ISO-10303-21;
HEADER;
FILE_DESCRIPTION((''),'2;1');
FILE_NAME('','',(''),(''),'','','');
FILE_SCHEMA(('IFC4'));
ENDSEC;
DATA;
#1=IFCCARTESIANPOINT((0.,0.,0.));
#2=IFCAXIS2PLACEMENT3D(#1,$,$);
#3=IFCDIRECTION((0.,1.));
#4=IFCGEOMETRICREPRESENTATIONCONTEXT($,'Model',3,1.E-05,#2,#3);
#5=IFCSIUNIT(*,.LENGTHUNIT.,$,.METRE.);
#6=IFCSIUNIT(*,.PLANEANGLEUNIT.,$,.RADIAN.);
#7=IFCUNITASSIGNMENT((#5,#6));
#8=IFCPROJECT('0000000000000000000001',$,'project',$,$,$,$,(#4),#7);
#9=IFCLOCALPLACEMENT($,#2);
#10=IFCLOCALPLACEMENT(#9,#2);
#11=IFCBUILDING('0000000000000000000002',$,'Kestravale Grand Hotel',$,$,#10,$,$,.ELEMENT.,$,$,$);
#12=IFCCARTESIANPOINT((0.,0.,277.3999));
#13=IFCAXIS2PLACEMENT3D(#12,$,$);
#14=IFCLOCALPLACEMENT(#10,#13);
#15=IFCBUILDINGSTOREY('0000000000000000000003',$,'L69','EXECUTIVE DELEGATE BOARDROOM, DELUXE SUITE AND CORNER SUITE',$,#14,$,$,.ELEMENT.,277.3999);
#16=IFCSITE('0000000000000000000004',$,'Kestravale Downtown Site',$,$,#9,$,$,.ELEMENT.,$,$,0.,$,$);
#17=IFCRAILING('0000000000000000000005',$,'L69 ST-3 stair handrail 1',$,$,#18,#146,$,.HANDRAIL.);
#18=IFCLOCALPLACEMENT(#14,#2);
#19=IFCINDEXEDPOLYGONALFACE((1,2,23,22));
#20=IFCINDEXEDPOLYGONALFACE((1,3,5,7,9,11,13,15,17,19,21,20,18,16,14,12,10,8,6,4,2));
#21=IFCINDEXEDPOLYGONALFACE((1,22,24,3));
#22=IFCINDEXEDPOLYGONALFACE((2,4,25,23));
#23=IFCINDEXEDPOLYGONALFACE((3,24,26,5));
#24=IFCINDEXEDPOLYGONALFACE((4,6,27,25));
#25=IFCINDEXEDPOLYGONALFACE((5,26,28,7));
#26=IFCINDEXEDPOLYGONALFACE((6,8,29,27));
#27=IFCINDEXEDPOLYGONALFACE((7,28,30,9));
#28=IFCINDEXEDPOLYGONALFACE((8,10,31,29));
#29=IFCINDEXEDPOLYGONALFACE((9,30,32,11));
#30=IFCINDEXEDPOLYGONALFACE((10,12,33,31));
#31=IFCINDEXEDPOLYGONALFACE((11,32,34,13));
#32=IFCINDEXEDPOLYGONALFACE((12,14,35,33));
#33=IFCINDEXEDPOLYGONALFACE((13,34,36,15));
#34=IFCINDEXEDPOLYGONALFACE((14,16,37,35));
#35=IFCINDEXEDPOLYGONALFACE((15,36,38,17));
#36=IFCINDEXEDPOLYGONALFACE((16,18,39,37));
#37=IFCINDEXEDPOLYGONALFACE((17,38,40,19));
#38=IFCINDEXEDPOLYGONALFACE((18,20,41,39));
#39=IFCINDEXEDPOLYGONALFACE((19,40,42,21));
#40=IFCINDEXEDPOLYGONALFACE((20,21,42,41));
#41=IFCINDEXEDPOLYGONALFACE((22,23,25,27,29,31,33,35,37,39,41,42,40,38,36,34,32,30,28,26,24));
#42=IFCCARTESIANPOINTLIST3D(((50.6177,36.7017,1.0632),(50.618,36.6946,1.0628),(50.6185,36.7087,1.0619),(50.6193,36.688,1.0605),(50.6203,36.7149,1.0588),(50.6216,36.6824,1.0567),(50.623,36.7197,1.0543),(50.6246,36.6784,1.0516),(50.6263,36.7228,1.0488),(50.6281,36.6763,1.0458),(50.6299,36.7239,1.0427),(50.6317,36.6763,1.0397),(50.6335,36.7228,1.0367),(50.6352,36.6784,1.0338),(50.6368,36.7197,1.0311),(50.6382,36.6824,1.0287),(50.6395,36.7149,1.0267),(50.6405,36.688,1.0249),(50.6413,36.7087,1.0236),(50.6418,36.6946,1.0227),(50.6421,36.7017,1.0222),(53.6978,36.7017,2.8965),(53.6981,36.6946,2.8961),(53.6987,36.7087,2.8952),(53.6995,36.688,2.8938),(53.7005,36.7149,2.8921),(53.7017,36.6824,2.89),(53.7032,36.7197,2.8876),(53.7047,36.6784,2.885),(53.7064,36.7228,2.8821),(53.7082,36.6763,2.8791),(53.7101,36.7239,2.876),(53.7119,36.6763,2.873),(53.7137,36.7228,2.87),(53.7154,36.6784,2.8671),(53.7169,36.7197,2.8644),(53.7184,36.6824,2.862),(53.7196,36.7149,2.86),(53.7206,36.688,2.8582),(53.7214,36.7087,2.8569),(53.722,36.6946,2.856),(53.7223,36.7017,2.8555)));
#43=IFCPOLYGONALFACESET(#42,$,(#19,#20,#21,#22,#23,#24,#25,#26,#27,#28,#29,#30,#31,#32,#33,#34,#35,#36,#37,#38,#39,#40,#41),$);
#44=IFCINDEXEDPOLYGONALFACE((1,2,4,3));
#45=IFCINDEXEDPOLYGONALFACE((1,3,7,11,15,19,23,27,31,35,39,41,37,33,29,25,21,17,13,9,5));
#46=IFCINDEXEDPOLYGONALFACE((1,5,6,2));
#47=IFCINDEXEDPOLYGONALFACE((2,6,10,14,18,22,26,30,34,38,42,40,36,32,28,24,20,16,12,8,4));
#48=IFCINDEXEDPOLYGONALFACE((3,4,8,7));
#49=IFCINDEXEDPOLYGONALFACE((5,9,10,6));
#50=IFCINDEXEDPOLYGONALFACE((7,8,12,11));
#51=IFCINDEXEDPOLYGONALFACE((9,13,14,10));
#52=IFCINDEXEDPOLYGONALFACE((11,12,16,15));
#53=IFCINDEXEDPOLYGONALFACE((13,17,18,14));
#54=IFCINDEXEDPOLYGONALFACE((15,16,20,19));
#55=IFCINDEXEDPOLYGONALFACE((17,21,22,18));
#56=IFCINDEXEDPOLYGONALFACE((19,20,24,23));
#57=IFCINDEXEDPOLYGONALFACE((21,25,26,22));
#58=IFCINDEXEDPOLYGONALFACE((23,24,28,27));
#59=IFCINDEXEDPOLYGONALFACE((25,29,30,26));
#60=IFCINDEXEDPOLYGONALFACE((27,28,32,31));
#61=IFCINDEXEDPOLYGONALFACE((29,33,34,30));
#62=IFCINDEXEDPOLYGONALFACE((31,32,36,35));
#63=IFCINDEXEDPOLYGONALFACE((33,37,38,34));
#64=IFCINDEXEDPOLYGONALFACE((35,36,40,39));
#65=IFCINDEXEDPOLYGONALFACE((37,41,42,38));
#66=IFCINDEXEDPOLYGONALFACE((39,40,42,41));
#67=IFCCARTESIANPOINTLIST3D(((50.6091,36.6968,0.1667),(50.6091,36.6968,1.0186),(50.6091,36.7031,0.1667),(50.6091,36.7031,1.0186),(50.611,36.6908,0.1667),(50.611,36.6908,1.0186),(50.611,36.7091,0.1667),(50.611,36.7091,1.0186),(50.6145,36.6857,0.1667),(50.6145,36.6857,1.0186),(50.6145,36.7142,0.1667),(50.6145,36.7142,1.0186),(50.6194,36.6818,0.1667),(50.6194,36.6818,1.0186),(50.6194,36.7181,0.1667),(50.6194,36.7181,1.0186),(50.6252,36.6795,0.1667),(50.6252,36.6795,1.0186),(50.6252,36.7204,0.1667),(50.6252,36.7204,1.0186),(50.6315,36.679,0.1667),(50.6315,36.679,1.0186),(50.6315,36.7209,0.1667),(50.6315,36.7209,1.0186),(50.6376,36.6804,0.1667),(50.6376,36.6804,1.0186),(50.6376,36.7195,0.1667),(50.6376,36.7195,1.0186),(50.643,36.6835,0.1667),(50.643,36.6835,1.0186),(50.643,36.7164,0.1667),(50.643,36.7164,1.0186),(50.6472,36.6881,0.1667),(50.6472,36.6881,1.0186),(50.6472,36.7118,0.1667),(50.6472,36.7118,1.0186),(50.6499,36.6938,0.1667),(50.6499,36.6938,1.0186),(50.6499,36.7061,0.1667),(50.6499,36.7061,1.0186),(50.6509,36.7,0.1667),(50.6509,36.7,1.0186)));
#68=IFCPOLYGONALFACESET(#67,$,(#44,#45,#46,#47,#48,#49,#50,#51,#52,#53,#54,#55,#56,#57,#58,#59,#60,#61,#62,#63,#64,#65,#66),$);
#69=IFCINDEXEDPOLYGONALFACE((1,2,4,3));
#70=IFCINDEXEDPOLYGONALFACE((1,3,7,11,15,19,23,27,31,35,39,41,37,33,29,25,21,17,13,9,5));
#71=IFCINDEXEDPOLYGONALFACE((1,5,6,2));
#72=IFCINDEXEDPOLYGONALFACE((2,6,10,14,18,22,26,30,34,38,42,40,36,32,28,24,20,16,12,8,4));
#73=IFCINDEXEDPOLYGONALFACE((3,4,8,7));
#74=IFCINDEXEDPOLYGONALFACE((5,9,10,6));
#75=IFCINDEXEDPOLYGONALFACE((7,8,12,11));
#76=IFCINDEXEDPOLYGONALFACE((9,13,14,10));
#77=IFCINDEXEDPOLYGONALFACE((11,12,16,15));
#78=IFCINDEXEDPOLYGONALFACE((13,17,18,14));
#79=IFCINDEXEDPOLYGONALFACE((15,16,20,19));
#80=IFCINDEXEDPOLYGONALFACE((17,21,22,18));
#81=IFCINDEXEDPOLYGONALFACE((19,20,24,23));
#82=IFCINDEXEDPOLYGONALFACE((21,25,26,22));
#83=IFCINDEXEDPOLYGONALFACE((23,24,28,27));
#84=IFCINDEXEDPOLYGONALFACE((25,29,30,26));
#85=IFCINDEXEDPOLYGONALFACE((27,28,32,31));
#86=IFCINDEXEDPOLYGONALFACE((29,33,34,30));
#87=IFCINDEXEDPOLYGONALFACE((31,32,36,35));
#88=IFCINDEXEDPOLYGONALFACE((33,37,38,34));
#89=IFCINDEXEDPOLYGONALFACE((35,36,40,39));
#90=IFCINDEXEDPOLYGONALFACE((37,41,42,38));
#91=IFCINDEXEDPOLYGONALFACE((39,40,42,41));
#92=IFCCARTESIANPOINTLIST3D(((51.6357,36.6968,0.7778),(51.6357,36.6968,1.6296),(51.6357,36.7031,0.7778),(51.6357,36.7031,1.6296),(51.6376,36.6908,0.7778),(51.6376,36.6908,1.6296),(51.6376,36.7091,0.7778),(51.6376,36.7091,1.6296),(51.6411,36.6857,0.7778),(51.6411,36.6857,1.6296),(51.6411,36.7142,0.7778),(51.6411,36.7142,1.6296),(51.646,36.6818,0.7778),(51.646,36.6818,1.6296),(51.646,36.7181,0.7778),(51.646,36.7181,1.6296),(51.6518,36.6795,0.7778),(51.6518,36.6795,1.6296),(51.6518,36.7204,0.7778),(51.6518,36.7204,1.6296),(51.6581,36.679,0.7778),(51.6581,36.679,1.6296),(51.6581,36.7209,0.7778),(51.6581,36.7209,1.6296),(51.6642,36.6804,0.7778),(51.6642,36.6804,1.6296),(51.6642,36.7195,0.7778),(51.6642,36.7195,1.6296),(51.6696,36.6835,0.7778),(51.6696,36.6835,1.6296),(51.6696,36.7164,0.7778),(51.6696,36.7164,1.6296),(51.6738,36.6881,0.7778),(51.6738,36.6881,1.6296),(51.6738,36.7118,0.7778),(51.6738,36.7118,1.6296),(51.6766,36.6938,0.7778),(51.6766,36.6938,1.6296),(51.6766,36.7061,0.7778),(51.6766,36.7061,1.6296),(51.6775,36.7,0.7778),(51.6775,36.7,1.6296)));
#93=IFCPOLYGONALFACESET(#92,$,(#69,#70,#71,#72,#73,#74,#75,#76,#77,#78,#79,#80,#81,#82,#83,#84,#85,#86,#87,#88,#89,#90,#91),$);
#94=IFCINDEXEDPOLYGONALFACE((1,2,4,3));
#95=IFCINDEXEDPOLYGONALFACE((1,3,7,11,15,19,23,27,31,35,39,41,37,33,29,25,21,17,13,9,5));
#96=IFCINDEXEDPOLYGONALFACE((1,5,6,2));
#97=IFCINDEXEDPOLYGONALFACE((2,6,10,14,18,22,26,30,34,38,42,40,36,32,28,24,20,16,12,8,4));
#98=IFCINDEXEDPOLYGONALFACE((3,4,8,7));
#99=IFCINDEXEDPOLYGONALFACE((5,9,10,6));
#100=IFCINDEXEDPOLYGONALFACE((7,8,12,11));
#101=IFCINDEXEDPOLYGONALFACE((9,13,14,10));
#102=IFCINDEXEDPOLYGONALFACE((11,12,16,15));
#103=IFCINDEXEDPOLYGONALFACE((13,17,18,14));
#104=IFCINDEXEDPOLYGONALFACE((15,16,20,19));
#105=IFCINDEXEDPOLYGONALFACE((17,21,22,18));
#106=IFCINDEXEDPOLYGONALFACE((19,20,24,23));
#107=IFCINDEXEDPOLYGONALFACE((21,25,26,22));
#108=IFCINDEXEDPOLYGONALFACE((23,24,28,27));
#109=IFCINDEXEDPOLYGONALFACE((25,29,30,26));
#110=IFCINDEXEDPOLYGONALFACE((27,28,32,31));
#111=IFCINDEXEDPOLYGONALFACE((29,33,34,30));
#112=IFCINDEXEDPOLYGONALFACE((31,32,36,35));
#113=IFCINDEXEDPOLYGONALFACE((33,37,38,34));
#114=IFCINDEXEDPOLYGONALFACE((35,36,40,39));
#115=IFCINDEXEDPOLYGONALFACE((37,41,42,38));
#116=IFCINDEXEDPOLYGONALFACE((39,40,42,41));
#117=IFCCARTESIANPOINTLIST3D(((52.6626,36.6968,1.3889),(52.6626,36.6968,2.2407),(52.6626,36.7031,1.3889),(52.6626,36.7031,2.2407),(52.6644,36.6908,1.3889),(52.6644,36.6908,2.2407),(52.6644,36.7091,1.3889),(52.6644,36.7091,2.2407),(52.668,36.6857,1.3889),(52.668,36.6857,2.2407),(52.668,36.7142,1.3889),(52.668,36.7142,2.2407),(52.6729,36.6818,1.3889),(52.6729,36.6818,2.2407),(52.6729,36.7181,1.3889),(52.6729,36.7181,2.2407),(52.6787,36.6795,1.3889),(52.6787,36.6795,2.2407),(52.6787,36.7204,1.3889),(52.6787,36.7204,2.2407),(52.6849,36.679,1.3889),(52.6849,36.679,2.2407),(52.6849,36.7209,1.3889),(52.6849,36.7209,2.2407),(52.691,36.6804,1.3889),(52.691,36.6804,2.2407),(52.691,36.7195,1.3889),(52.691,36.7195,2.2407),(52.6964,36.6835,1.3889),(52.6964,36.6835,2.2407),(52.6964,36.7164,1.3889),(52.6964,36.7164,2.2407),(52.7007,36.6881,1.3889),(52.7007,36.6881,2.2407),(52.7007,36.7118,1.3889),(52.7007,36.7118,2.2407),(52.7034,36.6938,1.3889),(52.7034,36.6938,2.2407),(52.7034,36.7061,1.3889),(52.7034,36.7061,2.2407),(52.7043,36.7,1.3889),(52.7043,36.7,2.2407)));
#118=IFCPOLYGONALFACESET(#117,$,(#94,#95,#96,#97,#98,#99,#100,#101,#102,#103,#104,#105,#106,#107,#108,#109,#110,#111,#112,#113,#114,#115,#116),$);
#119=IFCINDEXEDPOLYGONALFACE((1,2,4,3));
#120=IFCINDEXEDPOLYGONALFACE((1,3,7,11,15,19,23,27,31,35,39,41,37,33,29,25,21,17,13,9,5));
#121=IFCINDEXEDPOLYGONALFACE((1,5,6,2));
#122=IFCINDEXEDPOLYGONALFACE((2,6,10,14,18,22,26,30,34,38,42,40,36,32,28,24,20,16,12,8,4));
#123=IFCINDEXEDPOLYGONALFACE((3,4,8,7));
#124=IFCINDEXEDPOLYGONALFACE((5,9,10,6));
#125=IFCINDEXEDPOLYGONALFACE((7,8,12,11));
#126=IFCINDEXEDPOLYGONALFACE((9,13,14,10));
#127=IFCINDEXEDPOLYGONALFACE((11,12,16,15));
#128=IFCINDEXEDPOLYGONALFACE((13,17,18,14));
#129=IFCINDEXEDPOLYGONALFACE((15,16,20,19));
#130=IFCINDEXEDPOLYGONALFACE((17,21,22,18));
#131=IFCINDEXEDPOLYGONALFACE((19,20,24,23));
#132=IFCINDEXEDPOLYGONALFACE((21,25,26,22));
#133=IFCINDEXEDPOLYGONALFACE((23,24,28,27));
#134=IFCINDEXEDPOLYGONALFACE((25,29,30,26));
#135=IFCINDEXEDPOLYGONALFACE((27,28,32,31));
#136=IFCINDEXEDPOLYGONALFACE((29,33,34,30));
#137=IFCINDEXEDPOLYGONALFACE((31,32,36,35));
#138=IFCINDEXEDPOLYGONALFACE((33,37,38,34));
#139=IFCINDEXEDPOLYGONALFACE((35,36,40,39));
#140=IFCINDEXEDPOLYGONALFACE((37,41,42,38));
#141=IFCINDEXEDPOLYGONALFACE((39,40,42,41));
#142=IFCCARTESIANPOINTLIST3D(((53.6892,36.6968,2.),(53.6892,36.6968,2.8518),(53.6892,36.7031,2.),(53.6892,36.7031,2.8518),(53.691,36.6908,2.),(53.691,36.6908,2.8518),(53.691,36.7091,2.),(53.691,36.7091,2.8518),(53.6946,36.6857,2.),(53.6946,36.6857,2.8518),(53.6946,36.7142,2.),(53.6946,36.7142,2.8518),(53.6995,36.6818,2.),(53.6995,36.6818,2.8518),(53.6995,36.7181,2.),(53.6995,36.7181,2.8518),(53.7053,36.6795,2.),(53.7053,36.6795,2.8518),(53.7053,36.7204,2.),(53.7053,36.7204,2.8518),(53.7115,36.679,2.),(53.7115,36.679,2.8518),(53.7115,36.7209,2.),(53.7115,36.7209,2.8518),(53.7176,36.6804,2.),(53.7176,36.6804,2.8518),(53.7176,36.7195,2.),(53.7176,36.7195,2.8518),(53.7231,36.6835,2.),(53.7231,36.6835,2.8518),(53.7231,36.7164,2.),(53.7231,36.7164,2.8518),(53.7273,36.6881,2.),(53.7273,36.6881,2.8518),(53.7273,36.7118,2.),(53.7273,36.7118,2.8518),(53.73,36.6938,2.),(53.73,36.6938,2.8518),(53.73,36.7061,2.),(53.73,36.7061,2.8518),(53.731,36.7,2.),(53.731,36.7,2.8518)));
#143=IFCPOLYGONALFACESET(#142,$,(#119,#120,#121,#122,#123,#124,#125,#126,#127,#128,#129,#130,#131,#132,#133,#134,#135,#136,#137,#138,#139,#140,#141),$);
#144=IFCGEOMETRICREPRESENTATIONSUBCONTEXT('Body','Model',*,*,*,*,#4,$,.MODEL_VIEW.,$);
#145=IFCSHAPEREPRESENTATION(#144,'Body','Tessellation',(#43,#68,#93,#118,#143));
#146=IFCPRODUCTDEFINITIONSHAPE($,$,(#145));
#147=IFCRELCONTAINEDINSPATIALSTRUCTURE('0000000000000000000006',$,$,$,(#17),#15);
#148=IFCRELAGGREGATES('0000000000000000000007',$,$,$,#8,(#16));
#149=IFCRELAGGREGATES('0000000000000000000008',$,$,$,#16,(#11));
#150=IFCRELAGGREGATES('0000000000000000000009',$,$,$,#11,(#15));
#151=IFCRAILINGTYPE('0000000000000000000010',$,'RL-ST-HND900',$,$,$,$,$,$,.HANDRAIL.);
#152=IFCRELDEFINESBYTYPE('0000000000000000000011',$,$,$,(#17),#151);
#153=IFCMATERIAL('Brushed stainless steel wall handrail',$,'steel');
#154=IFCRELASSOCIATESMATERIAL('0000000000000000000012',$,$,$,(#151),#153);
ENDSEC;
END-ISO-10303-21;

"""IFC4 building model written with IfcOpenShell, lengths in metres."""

from ifc_helpers import new_model, si_unit, direction, frame, origin, origin_2d, place, context, subcontext, project, spatial, circle, extrude, material, type_object, element, save


model = new_model("IFC4")

# Units and contexts
model_context = context("Model", 3, precision=1e-05, world=origin(), true_north=direction((0.0, 1.0)))
body_context = subcontext(model_context, "Body", "Model", "MODEL_VIEW")
ifc_project = project(units=[si_unit("LENGTHUNIT", "METRE"), si_unit("PLANEANGLEUNIT", "RADIAN")], contexts=[model_context])

# Site, building, storey
site_placement = place(None, origin())
site = spatial("IfcSite", under=ifc_project, at=site_placement, Name="Kestravale Downtown Site", CompositionType="ELEMENT", RefElevation=0.0)
building_placement = place(site_placement, origin())
building = spatial("IfcBuilding", under=site, at=building_placement, Name="Kestravale Grand Hotel", CompositionType="ELEMENT")
storey_placement = place(building_placement, frame((0.0, 0.0, 277.3999)))
storey = spatial("IfcBuildingStorey", under=building, at=storey_placement, Name="L69", Description="EXECUTIVE DELEGATE BOARDROOM, DELUXE SUITE AND CORNER SUITE", CompositionType="ELEMENT", Elevation=277.3999)

# Railing
ifc_material_1 = material(Name="Brushed stainless steel wall handrail", Category="steel")
railing_type_1 = type_object("IfcRailingType", Name="RL-ST-HND900", PredefinedType="HANDRAIL", material=ifc_material_1)
railing_1_placement = place(storey_placement, frame((50.6299, 36.7, 0.1667)))
element("IfcRailing", 1, at=railing_1_placement, inside=storey, type_object=railing_type_1, Name="L69 ST-3 stair handrail 1", PredefinedType="HANDRAIL", context=body_context, shape_type="SweptSolid", body=[
    extrude(circle(Radius=0.0239, at=origin_2d()), frame((0.0, 0.0, 0.876), z_axis=(0.859309, 0.0, 0.511458), x_axis=(0.0, 1.0, 0.0)), (0.0, 0.0, 1.0), 3.5845),
    extrude(circle(Radius=0.021, at=origin_2d()), origin(), (0.0, 0.0, 1.0), 0.8518),
    extrude(circle(Radius=0.021, at=origin_2d()), frame((1.0266, 0.0, 0.6111)), (0.0, 0.0, 1.0), 0.8518),
    extrude(circle(Radius=0.021, at=origin_2d()), frame((2.0535, 0.0, 1.2222)), (0.0, 0.0, 1.0), 0.8518),
    extrude(circle(Radius=0.021, at=origin_2d()), frame((3.0801, 0.0, 1.8333)), (0.0, 0.0, 1.0), 0.8518),
])

save(model, "model.ifc")
